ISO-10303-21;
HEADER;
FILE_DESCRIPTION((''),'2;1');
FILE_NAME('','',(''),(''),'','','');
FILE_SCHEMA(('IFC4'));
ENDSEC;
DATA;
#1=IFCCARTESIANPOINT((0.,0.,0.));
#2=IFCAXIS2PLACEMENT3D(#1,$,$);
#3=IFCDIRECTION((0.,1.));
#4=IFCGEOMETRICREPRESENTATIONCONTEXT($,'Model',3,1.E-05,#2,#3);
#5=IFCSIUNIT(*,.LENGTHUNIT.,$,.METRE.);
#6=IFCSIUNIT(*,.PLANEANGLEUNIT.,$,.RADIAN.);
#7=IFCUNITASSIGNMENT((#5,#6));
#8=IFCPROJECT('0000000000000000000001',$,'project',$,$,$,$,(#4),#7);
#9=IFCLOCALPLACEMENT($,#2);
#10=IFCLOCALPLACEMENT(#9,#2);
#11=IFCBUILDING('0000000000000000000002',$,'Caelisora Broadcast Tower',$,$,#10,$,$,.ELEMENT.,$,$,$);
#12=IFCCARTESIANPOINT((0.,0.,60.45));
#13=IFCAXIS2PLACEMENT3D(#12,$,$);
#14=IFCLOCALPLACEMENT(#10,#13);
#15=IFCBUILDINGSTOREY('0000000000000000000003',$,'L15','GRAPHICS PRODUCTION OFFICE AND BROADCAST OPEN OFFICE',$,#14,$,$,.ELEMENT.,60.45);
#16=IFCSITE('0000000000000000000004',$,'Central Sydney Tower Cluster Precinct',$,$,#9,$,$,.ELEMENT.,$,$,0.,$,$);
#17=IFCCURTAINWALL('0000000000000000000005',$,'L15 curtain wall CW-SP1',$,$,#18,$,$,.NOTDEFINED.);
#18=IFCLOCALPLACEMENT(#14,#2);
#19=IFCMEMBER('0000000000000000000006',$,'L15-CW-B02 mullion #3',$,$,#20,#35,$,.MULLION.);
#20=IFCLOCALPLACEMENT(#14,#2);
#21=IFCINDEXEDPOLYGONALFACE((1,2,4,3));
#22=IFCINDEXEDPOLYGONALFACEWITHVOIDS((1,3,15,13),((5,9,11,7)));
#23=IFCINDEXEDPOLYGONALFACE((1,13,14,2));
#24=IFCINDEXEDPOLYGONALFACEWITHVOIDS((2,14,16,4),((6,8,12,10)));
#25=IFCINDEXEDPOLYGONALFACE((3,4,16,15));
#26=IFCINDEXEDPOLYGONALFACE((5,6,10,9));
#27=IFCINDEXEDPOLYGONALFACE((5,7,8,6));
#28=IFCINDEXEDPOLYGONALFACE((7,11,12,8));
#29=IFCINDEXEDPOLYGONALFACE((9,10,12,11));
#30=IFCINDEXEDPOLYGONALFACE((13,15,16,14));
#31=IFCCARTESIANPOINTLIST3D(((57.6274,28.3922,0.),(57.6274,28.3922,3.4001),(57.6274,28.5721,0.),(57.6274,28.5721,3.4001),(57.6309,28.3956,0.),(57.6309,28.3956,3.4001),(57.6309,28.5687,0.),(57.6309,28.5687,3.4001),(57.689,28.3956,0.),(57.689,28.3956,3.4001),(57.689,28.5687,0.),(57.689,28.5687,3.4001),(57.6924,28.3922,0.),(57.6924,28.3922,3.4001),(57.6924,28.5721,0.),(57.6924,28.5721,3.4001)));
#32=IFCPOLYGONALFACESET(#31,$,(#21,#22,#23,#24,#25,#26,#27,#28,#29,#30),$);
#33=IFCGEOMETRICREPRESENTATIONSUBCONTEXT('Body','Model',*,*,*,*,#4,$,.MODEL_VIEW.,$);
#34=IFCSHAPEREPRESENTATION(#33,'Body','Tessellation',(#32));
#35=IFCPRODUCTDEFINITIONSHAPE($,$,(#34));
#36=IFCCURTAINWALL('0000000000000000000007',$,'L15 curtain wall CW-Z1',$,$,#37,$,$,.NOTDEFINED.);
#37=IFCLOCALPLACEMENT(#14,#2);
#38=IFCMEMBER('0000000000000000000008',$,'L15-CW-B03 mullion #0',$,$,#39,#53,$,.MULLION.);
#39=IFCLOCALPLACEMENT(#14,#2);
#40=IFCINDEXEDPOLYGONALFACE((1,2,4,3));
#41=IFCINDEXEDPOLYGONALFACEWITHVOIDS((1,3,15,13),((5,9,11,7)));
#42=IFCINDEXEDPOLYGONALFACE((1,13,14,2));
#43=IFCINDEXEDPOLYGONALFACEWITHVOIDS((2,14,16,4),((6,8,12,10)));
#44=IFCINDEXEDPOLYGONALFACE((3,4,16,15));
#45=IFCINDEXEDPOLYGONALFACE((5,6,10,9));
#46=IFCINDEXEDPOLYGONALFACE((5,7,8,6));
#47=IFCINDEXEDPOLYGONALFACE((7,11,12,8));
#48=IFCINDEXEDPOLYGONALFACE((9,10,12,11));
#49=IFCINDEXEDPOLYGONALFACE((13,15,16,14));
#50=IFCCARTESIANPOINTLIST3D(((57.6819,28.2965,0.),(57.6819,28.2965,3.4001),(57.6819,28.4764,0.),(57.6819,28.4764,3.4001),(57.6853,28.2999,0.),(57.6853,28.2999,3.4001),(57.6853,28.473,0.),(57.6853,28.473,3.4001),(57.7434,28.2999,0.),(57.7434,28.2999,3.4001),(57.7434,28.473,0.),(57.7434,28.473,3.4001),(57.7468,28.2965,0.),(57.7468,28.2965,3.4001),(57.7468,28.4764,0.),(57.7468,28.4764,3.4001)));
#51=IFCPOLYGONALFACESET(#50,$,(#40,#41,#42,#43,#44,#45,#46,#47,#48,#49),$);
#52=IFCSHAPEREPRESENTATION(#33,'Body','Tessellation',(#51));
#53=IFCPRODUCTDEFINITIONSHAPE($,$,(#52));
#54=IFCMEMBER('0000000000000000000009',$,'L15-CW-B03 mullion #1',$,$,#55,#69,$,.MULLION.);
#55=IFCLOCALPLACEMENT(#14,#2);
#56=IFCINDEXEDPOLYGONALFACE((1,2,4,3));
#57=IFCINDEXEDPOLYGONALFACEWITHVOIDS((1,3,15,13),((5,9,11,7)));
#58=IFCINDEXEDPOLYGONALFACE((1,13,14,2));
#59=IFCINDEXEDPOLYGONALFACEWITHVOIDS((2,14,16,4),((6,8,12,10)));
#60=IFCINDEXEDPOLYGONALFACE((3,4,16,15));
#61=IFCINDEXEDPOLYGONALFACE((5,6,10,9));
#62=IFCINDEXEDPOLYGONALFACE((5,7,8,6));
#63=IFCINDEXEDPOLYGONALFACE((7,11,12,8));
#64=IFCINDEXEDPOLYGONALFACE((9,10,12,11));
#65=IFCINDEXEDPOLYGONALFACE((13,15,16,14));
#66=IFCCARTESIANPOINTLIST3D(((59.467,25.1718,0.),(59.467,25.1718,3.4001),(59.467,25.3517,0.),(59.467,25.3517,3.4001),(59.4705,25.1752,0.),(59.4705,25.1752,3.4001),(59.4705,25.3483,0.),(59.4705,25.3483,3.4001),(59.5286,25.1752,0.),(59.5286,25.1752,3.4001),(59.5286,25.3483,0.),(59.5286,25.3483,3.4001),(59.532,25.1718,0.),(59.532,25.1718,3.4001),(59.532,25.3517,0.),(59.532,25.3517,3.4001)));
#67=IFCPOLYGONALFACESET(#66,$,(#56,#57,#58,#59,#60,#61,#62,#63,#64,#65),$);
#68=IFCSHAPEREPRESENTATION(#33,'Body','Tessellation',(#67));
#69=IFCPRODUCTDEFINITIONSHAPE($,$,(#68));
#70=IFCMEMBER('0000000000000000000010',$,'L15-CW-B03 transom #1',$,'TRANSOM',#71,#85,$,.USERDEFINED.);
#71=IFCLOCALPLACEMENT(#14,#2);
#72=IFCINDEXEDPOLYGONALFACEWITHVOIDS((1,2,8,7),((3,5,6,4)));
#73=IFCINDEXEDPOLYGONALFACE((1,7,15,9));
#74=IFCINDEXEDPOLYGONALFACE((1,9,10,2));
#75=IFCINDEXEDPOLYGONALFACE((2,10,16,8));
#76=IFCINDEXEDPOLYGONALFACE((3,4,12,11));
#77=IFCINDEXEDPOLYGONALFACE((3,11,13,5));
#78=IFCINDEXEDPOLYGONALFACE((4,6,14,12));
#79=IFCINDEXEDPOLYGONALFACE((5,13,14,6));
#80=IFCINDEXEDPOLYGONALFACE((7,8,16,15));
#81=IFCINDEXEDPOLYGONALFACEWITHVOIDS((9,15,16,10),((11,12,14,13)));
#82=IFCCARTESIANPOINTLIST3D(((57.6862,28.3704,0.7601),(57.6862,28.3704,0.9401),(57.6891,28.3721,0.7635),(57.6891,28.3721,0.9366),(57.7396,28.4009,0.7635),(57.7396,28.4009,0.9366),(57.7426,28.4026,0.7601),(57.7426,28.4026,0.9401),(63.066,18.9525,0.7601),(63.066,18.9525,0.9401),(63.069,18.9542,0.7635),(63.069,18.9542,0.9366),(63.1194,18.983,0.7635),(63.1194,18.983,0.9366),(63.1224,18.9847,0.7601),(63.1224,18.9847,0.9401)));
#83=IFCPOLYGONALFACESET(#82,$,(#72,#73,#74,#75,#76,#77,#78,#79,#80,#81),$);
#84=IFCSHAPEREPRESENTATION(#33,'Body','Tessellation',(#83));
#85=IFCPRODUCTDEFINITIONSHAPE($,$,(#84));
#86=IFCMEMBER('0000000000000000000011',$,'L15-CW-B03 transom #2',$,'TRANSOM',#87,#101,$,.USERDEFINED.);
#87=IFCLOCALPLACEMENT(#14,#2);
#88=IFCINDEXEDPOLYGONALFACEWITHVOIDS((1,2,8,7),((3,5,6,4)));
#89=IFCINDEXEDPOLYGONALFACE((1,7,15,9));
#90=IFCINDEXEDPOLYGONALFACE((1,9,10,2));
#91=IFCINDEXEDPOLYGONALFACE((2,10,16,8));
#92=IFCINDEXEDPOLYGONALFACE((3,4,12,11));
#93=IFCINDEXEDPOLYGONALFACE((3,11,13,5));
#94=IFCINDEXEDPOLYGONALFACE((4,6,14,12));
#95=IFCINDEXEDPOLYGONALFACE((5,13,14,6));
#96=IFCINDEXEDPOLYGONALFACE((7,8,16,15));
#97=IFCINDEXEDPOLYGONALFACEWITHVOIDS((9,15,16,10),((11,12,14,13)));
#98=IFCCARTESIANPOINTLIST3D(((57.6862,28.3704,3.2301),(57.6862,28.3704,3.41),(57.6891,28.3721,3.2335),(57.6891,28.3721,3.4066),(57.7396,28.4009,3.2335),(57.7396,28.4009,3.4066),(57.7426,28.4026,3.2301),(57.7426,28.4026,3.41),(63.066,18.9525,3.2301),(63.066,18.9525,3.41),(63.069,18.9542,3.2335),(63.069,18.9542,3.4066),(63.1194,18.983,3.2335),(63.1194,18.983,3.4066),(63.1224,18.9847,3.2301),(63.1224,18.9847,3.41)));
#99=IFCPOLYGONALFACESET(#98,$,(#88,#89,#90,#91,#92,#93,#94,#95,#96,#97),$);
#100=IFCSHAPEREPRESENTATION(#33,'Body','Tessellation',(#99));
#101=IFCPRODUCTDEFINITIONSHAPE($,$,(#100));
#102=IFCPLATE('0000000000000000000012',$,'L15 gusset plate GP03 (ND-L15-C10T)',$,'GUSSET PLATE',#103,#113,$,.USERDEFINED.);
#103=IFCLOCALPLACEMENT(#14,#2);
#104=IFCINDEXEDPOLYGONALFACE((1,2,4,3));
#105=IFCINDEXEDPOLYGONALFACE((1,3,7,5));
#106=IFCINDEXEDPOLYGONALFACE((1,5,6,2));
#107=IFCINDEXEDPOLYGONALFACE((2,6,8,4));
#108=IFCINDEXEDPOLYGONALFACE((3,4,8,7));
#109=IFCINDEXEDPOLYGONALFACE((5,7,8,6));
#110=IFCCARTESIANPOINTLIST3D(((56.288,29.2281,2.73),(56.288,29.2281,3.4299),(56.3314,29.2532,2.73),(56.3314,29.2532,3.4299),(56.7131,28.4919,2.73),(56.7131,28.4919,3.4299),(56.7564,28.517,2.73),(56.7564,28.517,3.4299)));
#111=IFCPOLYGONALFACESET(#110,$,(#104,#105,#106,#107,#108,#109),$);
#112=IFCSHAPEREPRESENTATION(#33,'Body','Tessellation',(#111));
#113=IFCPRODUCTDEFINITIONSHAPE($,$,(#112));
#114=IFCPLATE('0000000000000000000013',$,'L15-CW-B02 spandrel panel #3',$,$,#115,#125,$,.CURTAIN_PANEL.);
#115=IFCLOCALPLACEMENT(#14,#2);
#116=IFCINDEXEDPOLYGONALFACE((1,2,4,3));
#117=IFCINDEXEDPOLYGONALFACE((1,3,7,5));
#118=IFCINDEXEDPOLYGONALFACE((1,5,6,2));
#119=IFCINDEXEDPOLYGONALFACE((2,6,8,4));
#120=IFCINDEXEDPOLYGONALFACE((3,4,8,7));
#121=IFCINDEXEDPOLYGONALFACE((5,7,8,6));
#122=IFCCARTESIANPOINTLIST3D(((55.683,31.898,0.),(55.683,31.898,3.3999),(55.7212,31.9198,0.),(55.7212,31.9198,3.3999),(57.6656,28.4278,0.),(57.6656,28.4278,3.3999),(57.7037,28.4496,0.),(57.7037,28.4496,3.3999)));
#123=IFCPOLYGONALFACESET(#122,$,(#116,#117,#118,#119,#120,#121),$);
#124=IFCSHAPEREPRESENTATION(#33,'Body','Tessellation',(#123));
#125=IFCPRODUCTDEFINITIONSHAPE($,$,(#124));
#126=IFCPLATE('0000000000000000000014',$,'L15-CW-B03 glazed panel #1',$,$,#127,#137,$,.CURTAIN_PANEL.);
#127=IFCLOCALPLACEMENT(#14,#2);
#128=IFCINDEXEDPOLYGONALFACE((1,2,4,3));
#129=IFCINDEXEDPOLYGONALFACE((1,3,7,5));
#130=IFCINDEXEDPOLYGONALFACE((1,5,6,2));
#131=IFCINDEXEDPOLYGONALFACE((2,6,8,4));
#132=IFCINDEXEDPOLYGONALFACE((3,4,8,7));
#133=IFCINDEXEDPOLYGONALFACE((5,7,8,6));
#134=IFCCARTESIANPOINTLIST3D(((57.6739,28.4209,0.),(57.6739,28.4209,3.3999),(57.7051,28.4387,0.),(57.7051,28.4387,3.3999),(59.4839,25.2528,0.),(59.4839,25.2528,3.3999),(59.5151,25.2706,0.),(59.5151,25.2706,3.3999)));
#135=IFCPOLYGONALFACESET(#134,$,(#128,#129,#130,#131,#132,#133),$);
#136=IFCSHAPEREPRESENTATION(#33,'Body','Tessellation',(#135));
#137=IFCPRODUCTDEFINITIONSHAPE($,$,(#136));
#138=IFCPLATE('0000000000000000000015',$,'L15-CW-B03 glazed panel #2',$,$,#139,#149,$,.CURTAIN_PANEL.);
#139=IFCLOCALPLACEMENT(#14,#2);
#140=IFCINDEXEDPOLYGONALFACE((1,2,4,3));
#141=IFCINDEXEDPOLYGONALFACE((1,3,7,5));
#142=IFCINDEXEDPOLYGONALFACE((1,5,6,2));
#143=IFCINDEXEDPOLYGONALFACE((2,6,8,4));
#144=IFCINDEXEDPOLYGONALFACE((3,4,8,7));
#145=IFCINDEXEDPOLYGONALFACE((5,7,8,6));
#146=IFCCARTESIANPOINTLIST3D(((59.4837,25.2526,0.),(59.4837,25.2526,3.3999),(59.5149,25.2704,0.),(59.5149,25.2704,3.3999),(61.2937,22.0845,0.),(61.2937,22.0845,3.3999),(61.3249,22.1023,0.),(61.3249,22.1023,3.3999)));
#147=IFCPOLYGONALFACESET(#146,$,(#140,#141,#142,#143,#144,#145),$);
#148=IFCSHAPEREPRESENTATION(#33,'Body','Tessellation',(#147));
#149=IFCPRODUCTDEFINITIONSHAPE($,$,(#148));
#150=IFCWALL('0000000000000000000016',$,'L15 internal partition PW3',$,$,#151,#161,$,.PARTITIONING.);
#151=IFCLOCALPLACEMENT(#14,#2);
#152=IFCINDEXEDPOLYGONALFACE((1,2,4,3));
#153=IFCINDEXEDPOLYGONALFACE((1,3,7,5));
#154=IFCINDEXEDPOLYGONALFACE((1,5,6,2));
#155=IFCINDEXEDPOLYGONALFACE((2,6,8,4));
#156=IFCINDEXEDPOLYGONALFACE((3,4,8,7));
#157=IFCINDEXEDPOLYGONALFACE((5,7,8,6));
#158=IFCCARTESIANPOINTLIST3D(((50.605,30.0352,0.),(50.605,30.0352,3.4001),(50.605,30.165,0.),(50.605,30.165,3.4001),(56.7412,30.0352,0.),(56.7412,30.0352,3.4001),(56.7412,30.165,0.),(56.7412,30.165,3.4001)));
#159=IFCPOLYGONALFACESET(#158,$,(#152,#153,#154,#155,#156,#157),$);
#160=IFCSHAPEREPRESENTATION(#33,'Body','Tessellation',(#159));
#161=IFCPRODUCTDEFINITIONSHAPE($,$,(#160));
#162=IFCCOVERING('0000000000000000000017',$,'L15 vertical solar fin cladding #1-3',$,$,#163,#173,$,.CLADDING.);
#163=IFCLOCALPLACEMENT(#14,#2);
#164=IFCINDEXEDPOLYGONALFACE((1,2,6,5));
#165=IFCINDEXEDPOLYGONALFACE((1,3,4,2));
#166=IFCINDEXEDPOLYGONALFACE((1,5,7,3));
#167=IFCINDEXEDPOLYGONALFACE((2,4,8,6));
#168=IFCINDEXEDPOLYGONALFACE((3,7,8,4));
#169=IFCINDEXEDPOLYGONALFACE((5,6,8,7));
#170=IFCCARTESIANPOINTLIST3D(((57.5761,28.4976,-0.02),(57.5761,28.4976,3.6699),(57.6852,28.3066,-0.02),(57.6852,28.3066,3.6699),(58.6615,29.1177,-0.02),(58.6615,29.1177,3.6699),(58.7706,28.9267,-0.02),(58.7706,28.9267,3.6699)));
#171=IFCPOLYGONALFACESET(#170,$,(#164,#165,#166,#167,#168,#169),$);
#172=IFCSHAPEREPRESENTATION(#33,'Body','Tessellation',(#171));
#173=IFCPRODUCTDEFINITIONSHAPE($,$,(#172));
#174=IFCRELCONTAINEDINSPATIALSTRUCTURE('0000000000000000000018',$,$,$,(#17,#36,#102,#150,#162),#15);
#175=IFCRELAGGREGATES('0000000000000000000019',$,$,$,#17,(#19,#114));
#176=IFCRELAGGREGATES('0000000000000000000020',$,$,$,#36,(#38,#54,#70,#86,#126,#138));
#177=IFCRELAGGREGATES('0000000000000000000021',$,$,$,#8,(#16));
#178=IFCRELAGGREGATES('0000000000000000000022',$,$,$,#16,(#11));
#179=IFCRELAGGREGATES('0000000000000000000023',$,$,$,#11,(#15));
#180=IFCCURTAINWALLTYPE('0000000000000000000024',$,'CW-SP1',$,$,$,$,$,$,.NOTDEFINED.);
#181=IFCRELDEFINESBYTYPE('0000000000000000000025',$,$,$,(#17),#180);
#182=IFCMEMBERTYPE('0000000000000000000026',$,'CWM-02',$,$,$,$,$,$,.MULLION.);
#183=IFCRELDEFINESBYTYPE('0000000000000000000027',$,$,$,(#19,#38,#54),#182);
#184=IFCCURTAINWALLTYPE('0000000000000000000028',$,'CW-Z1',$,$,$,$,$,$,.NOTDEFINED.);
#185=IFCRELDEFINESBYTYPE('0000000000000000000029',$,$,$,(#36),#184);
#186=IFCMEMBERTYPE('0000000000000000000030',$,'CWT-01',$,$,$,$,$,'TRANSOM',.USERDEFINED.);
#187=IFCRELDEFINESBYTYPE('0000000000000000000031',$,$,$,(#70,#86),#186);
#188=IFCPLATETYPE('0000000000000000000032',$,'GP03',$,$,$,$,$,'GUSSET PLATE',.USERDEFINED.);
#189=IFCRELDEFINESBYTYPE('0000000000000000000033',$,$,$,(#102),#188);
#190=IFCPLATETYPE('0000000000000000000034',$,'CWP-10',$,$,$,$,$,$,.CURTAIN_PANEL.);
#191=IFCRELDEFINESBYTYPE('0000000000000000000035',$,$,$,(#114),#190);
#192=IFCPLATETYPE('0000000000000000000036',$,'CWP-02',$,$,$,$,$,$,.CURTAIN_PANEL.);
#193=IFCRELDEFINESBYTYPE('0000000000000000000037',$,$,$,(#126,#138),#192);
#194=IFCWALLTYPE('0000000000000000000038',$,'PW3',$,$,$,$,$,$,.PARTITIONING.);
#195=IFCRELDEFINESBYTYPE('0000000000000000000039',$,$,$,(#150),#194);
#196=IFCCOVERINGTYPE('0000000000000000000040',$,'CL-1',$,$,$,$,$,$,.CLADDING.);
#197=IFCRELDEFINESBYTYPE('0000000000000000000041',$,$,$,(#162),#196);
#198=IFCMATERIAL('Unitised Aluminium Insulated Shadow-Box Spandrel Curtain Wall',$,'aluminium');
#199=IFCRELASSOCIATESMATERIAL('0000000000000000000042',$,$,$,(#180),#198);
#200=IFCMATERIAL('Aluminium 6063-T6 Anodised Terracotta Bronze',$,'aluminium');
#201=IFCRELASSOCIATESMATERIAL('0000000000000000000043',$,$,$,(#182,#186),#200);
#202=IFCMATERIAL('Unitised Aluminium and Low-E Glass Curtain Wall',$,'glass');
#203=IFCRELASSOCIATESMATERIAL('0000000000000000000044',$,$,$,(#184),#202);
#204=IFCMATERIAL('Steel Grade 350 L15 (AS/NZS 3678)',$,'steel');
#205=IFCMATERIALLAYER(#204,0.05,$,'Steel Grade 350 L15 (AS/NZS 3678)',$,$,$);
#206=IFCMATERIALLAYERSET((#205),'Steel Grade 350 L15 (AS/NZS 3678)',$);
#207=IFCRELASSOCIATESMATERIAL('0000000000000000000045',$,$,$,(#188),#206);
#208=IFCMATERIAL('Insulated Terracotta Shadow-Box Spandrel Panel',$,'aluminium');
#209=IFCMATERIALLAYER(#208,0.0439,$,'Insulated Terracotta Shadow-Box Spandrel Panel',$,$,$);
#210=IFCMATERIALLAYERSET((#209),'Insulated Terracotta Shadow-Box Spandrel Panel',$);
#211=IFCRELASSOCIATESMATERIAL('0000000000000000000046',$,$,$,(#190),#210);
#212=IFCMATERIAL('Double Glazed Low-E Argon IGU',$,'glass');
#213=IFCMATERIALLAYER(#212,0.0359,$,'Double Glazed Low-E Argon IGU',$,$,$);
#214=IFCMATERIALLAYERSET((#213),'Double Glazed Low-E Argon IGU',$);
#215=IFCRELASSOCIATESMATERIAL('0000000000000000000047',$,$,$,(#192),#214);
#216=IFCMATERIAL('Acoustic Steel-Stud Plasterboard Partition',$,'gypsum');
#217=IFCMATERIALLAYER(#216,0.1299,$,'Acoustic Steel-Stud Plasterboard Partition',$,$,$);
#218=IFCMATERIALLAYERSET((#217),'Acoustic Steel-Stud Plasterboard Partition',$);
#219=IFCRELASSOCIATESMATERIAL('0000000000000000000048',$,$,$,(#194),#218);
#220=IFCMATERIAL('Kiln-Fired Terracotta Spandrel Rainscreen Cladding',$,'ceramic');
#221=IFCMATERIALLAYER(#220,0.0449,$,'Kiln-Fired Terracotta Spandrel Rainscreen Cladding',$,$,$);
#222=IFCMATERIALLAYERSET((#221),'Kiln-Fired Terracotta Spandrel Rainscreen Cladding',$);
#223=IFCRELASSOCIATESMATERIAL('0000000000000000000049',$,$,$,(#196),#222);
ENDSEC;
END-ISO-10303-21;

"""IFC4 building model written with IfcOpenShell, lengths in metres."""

from ifc_helpers import new_model, si_unit, direction, frame, frame_2d, origin, origin_2d, place, context, subcontext, project, spatial, rectangle, hollow_rectangle, extrude, source, transform, mapped, material, layer, layer_set, material_profile, profile_set, type_object, type_shapes, element, aggregate, save


model = new_model("IFC4")

# Units and contexts
model_context = context("Model", 3, precision=1e-05, world=origin(), true_north=direction((0.0, 1.0)))
body_context = subcontext(model_context, "Body", "Model", "MODEL_VIEW")
ifc_project = project(units=[si_unit("LENGTHUNIT", "METRE"), si_unit("PLANEANGLEUNIT", "RADIAN")], contexts=[model_context])

# Site, building, storey
site_placement = place(None, origin())
site = spatial("IfcSite", under=ifc_project, at=site_placement, Name="Central Sydney Tower Cluster Precinct", CompositionType="ELEMENT", RefElevation=0.0)
building_placement = place(site_placement, origin())
building = spatial("IfcBuilding", under=site, at=building_placement, Name="Caelisora Broadcast Tower", CompositionType="ELEMENT")
storey_placement = place(building_placement, frame((0.0, 0.0, 60.45)))
storey = spatial("IfcBuildingStorey", under=building, at=storey_placement, Name="L15", Description="GRAPHICS PRODUCTION OFFICE AND BROADCAST OPEN OFFICE", CompositionType="ELEMENT", Elevation=60.45)

# Shared definitions
ifc_material_1 = material(Name="Steel Grade 350 L15 (AS/NZS 3678)", Category="steel")

# Curtain walls, members
ifc_material_2 = material(Name="Unitised Aluminium Insulated Shadow-Box Spandrel Curtain Wall", Category="aluminium")
curtain_wall_type_1 = type_object("IfcCurtainWallType", Name="CW-SP1", PredefinedType="NOTDEFINED", material=ifc_material_2)
curtain_wall_1_placement = place(storey_placement, origin())
curtain_wall_1 = element("IfcCurtainWall", 1, at=curtain_wall_1_placement, inside=storey, type_object=curtain_wall_type_1, Name="L15 curtain wall CW-SP1", PredefinedType="NOTDEFINED")
ifc_material_3 = material(Name="Aluminium 6063-T6 Anodised Terracotta Bronze", Category="aluminium")
ifc_material_profile_1 = material_profile(ifc_material_3, hollow_rectangle(XDim=0.0649, YDim=0.1799, WallThickness=0.0034, at=origin_2d()), Name="Aluminium 6063-T6 Anodised Terracotta Bronze")
ifc_profile_set_1 = profile_set([ifc_material_profile_1], Name="Aluminium 6063-T6 Anodised Terracotta Bronze")
member_type_1 = type_object("IfcMemberType", Name="CWM-02", PredefinedType="MULLION", material=ifc_profile_set_1)
shared_shape_1 = source(origin(), body_context, "Body", "SweptSolid", [
    extrude(hollow_rectangle(XDim=0.0649, YDim=0.1799, WallThickness=0.0034, at=origin_2d()), origin(), (0.0, 0.0, 1.0), 3.4001),
])
type_shapes(member_type_1, [shared_shape_1])
member_1_placement = place(storey_placement, frame((57.6599, 28.4822, 0.0), z_axis=(0.0, 0.0, 1.0), x_axis=(1.0, 0.0, 0.0)))
member_1 = element("IfcMember", 2, at=member_1_placement, type_object=member_type_1, Name="L15-CW-B02 mullion #3", PredefinedType="MULLION", context=body_context, shape_type="MappedRepresentation", body=[
    mapped(shared_shape_1, transform((0.0, 0.0, 0.0), scale=1.0)),
])
ifc_material_4 = material(Name="Unitised Aluminium and Low-E Glass Curtain Wall", Category="glass")
curtain_wall_type_2 = type_object("IfcCurtainWallType", Name="CW-Z1", PredefinedType="NOTDEFINED", material=ifc_material_4)
curtain_wall_2_placement = place(storey_placement, origin())
curtain_wall_2 = element("IfcCurtainWall", 3, at=curtain_wall_2_placement, inside=storey, type_object=curtain_wall_type_2, Name="L15 curtain wall CW-Z1", PredefinedType="NOTDEFINED")
member_2_placement = place(storey_placement, frame((57.7144, 28.3865, 0.0), z_axis=(0.0, 0.0, 1.0), x_axis=(1.0, 0.0, 0.0)))
member_2 = element("IfcMember", 4, at=member_2_placement, type_object=member_type_1, Name="L15-CW-B03 mullion #0", PredefinedType="MULLION", context=body_context, shape_type="MappedRepresentation", body=[
    mapped(shared_shape_1, transform((0.0, 0.0, 0.0), scale=1.0)),
])
member_3_placement = place(storey_placement, frame((59.4995, 25.2617, 0.0), z_axis=(0.0, 0.0, 1.0), x_axis=(1.0, 0.0, 0.0)))
member_3 = element("IfcMember", 5, at=member_3_placement, type_object=member_type_1, Name="L15-CW-B03 mullion #1", PredefinedType="MULLION", context=body_context, shape_type="MappedRepresentation", body=[
    mapped(shared_shape_1, transform((0.0, 0.0, 0.0), scale=1.0)),
])
ifc_material_profile_2 = material_profile(ifc_material_3, hollow_rectangle(XDim=0.0649, YDim=0.1799, WallThickness=0.0034, at=origin_2d()), Name="Aluminium 6063-T6 Anodised Terracotta Bronze")
ifc_profile_set_2 = profile_set([ifc_material_profile_2], Name="Aluminium 6063-T6 Anodised Terracotta Bronze")
member_type_2 = type_object("IfcMemberType", Name="CWT-01", ElementType="TRANSOM", PredefinedType="USERDEFINED", material=ifc_profile_set_2)
shared_shape_2 = source(origin(), body_context, "Body", "SweptSolid", [
    extrude(hollow_rectangle(XDim=0.0649, YDim=0.1799, WallThickness=0.0034, at=origin_2d()), origin(), (0.0, 0.0, 1.0), 10.8462),
])
type_shapes(member_type_2, [shared_shape_2])
member_4_placement = place(storey_placement, frame((57.7144, 28.3865, 0.8501), z_axis=(0.496013, -0.868315, 0.0), x_axis=(0.868315, 0.496013, 0.0)))
member_4 = element("IfcMember", 6, at=member_4_placement, type_object=member_type_2, Name="L15-CW-B03 transom #1", ObjectType="TRANSOM", PredefinedType="USERDEFINED", context=body_context, shape_type="MappedRepresentation", body=[
    mapped(shared_shape_2, transform((0.0, 0.0, 0.0), scale=1.0)),
])
member_5_placement = place(storey_placement, frame((57.7144, 28.3865, 3.3201), z_axis=(0.496013, -0.868315, 0.0), x_axis=(0.868315, 0.496013, 0.0)))
member_5 = element("IfcMember", 7, at=member_5_placement, type_object=member_type_2, Name="L15-CW-B03 transom #2", ObjectType="TRANSOM", PredefinedType="USERDEFINED", context=body_context, shape_type="MappedRepresentation", body=[
    mapped(shared_shape_2, transform((0.0, 0.0, 0.0), scale=1.0)),
])

# Plates
ifc_layer_1 = layer(ifc_material_1, 0.05, Name="Steel Grade 350 L15 (AS/NZS 3678)")
ifc_layer_set_1 = layer_set([ifc_layer_1], Name="Steel Grade 350 L15 (AS/NZS 3678)")
plate_type_1 = type_object("IfcPlateType", Name="GP03", ElementType="GUSSET PLATE", PredefinedType="USERDEFINED", material=ifc_layer_set_1)
shared_shape_3 = source(origin(), body_context, "Body", "SweptSolid", [
    extrude(rectangle(XDim=0.8501, YDim=0.05, at=origin_2d()), origin(), (0.0, 0.0, 1.0), 0.7),
])
type_shapes(plate_type_1, [shared_shape_3])
plate_1_placement = place(storey_placement, frame((56.5222, 28.8726, 2.73), z_axis=(0.0, 0.0, 1.0), x_axis=(-0.5, 0.866025, 0.0)))
element("IfcPlate", 8, at=plate_1_placement, inside=storey, type_object=plate_type_1, Name="L15 gusset plate GP03 (ND-L15-C10T)", ObjectType="GUSSET PLATE", PredefinedType="USERDEFINED", context=body_context, shape_type="MappedRepresentation", body=[
    mapped(shared_shape_3, transform((0.0, 0.0, 0.0), scale=1.0)),
])
ifc_material_5 = material(Name="Insulated Terracotta Shadow-Box Spandrel Panel", Category="aluminium")
ifc_layer_2 = layer(ifc_material_5, 0.0439, Name="Insulated Terracotta Shadow-Box Spandrel Panel")
ifc_layer_set_2 = layer_set([ifc_layer_2], Name="Insulated Terracotta Shadow-Box Spandrel Panel")
plate_type_2 = type_object("IfcPlateType", Name="CWP-10", PredefinedType="CURTAIN_PANEL", material=ifc_layer_set_2)
shared_shape_4 = source(origin(), body_context, "Body", "SweptSolid", [
    extrude(rectangle(XDim=3.9966, YDim=0.0439, at=origin_2d()), origin(), (0.0, 0.0, 1.0), 3.3999),
])
type_shapes(plate_type_2, [shared_shape_4])
plate_2_placement = place(storey_placement, frame((56.6934, 30.1738, 0.0), z_axis=(0.0, 0.0, 1.0), x_axis=(0.496065, -0.868285, 0.0)))
plate_2 = element("IfcPlate", 9, at=plate_2_placement, type_object=plate_type_2, Name="L15-CW-B02 spandrel panel #3", PredefinedType="CURTAIN_PANEL", context=body_context, shape_type="MappedRepresentation", body=[
    mapped(shared_shape_4, transform((0.0, 0.0, 0.0), scale=1.0)),
])
aggregate(curtain_wall_1, [member_1, plate_2])
ifc_material_6 = material(Name="Double Glazed Low-E Argon IGU", Category="glass")
ifc_layer_3 = layer(ifc_material_6, 0.0359, Name="Double Glazed Low-E Argon IGU")
ifc_layer_set_3 = layer_set([ifc_layer_3], Name="Double Glazed Low-E Argon IGU")
plate_type_3 = type_object("IfcPlateType", Name="CWP-02", PredefinedType="CURTAIN_PANEL", material=ifc_layer_set_3)
shared_shape_5 = source(origin(), body_context, "Body", "SweptSolid", [
    extrude(rectangle(XDim=3.6487, YDim=0.0359, at=origin_2d()), origin(), (0.0, 0.0, 1.0), 3.3999),
])
type_shapes(plate_type_3, [shared_shape_5])
plate_3_placement = place(storey_placement, frame((58.5945, 26.8457, 0.0), z_axis=(0.0, 0.0, 1.0), x_axis=(0.496065, -0.868285, 0.0)))
plate_3 = element("IfcPlate", 10, at=plate_3_placement, type_object=plate_type_3, Name="L15-CW-B03 glazed panel #1", PredefinedType="CURTAIN_PANEL", context=body_context, shape_type="MappedRepresentation", body=[
    mapped(shared_shape_5, transform((0.0, 0.0, 0.0), scale=1.0)),
])
plate_4_placement = place(storey_placement, frame((60.4043, 23.6775, 0.0), z_axis=(0.0, 0.0, 1.0), x_axis=(0.496065, -0.868285, 0.0)))
plate_4 = element("IfcPlate", 11, at=plate_4_placement, type_object=plate_type_3, Name="L15-CW-B03 glazed panel #2", PredefinedType="CURTAIN_PANEL", context=body_context, shape_type="MappedRepresentation", body=[
    mapped(shared_shape_5, transform((0.0, 0.0, 0.0), scale=1.0)),
])
aggregate(curtain_wall_2, [member_2, member_3, member_4, member_5, plate_3, plate_4])

# Wall
ifc_material_7 = material(Name="Acoustic Steel-Stud Plasterboard Partition", Category="gypsum")
ifc_layer_4 = layer(ifc_material_7, 0.1299, Name="Acoustic Steel-Stud Plasterboard Partition")
ifc_layer_set_4 = layer_set([ifc_layer_4], Name="Acoustic Steel-Stud Plasterboard Partition")
wall_type = type_object("IfcWallType", Name="PW3", PredefinedType="PARTITIONING", material=ifc_layer_set_4)
wall_placement = place(storey_placement, frame((50.605, 30.1001, 0.0), z_axis=(0.0, 0.0, 1.0), x_axis=(1.0, 0.0, 0.0)))
element("IfcWall", 12, at=wall_placement, inside=storey, type_object=wall_type, Name="L15 internal partition PW3", PredefinedType="PARTITIONING", context=body_context, shape_type="SweptSolid", body=[
    extrude(rectangle(XDim=6.1362, YDim=0.1299, at=frame_2d((3.0681, 0.0))), origin(), (0.0, 0.0, 1.0), 3.4001),
])

# Covering
ifc_material_8 = material(Name="Kiln-Fired Terracotta Spandrel Rainscreen Cladding", Category="ceramic")
ifc_layer_5 = layer(ifc_material_8, 0.0449, Name="Kiln-Fired Terracotta Spandrel Rainscreen Cladding")
ifc_layer_set_5 = layer_set([ifc_layer_5], Name="Kiln-Fired Terracotta Spandrel Rainscreen Cladding")
covering_type = type_object("IfcCoveringType", Name="CL-1", PredefinedType="CLADDING", material=ifc_layer_set_5)
shared_shape_6 = source(origin(), body_context, "Body", "SweptSolid", [
    extrude(rectangle(XDim=0.22, YDim=1.25, at=origin_2d()), origin(), (0.0, 0.0, 1.0), 3.6899),
])
type_shapes(covering_type, [shared_shape_6])
for number, where, z_axis, x_axis, name in (
    (13, (58.1733, 28.7122, -0.02), (0.0, 0.0, 1.0), (0.496065, -0.868285, 0.0), "L15 vertical solar fin cladding #1-3"),
):
    element("IfcCovering", number, at=place(storey_placement, frame(where, z_axis=z_axis, x_axis=x_axis)), inside=storey, type_object=covering_type, Name=name, PredefinedType="CLADDING", context=body_context, shape_type="MappedRepresentation", body=[
        mapped(shared_shape_6, transform((0.0, 0.0, 0.0), scale=1.0)),
    ])

save(model, "model.ifc")
